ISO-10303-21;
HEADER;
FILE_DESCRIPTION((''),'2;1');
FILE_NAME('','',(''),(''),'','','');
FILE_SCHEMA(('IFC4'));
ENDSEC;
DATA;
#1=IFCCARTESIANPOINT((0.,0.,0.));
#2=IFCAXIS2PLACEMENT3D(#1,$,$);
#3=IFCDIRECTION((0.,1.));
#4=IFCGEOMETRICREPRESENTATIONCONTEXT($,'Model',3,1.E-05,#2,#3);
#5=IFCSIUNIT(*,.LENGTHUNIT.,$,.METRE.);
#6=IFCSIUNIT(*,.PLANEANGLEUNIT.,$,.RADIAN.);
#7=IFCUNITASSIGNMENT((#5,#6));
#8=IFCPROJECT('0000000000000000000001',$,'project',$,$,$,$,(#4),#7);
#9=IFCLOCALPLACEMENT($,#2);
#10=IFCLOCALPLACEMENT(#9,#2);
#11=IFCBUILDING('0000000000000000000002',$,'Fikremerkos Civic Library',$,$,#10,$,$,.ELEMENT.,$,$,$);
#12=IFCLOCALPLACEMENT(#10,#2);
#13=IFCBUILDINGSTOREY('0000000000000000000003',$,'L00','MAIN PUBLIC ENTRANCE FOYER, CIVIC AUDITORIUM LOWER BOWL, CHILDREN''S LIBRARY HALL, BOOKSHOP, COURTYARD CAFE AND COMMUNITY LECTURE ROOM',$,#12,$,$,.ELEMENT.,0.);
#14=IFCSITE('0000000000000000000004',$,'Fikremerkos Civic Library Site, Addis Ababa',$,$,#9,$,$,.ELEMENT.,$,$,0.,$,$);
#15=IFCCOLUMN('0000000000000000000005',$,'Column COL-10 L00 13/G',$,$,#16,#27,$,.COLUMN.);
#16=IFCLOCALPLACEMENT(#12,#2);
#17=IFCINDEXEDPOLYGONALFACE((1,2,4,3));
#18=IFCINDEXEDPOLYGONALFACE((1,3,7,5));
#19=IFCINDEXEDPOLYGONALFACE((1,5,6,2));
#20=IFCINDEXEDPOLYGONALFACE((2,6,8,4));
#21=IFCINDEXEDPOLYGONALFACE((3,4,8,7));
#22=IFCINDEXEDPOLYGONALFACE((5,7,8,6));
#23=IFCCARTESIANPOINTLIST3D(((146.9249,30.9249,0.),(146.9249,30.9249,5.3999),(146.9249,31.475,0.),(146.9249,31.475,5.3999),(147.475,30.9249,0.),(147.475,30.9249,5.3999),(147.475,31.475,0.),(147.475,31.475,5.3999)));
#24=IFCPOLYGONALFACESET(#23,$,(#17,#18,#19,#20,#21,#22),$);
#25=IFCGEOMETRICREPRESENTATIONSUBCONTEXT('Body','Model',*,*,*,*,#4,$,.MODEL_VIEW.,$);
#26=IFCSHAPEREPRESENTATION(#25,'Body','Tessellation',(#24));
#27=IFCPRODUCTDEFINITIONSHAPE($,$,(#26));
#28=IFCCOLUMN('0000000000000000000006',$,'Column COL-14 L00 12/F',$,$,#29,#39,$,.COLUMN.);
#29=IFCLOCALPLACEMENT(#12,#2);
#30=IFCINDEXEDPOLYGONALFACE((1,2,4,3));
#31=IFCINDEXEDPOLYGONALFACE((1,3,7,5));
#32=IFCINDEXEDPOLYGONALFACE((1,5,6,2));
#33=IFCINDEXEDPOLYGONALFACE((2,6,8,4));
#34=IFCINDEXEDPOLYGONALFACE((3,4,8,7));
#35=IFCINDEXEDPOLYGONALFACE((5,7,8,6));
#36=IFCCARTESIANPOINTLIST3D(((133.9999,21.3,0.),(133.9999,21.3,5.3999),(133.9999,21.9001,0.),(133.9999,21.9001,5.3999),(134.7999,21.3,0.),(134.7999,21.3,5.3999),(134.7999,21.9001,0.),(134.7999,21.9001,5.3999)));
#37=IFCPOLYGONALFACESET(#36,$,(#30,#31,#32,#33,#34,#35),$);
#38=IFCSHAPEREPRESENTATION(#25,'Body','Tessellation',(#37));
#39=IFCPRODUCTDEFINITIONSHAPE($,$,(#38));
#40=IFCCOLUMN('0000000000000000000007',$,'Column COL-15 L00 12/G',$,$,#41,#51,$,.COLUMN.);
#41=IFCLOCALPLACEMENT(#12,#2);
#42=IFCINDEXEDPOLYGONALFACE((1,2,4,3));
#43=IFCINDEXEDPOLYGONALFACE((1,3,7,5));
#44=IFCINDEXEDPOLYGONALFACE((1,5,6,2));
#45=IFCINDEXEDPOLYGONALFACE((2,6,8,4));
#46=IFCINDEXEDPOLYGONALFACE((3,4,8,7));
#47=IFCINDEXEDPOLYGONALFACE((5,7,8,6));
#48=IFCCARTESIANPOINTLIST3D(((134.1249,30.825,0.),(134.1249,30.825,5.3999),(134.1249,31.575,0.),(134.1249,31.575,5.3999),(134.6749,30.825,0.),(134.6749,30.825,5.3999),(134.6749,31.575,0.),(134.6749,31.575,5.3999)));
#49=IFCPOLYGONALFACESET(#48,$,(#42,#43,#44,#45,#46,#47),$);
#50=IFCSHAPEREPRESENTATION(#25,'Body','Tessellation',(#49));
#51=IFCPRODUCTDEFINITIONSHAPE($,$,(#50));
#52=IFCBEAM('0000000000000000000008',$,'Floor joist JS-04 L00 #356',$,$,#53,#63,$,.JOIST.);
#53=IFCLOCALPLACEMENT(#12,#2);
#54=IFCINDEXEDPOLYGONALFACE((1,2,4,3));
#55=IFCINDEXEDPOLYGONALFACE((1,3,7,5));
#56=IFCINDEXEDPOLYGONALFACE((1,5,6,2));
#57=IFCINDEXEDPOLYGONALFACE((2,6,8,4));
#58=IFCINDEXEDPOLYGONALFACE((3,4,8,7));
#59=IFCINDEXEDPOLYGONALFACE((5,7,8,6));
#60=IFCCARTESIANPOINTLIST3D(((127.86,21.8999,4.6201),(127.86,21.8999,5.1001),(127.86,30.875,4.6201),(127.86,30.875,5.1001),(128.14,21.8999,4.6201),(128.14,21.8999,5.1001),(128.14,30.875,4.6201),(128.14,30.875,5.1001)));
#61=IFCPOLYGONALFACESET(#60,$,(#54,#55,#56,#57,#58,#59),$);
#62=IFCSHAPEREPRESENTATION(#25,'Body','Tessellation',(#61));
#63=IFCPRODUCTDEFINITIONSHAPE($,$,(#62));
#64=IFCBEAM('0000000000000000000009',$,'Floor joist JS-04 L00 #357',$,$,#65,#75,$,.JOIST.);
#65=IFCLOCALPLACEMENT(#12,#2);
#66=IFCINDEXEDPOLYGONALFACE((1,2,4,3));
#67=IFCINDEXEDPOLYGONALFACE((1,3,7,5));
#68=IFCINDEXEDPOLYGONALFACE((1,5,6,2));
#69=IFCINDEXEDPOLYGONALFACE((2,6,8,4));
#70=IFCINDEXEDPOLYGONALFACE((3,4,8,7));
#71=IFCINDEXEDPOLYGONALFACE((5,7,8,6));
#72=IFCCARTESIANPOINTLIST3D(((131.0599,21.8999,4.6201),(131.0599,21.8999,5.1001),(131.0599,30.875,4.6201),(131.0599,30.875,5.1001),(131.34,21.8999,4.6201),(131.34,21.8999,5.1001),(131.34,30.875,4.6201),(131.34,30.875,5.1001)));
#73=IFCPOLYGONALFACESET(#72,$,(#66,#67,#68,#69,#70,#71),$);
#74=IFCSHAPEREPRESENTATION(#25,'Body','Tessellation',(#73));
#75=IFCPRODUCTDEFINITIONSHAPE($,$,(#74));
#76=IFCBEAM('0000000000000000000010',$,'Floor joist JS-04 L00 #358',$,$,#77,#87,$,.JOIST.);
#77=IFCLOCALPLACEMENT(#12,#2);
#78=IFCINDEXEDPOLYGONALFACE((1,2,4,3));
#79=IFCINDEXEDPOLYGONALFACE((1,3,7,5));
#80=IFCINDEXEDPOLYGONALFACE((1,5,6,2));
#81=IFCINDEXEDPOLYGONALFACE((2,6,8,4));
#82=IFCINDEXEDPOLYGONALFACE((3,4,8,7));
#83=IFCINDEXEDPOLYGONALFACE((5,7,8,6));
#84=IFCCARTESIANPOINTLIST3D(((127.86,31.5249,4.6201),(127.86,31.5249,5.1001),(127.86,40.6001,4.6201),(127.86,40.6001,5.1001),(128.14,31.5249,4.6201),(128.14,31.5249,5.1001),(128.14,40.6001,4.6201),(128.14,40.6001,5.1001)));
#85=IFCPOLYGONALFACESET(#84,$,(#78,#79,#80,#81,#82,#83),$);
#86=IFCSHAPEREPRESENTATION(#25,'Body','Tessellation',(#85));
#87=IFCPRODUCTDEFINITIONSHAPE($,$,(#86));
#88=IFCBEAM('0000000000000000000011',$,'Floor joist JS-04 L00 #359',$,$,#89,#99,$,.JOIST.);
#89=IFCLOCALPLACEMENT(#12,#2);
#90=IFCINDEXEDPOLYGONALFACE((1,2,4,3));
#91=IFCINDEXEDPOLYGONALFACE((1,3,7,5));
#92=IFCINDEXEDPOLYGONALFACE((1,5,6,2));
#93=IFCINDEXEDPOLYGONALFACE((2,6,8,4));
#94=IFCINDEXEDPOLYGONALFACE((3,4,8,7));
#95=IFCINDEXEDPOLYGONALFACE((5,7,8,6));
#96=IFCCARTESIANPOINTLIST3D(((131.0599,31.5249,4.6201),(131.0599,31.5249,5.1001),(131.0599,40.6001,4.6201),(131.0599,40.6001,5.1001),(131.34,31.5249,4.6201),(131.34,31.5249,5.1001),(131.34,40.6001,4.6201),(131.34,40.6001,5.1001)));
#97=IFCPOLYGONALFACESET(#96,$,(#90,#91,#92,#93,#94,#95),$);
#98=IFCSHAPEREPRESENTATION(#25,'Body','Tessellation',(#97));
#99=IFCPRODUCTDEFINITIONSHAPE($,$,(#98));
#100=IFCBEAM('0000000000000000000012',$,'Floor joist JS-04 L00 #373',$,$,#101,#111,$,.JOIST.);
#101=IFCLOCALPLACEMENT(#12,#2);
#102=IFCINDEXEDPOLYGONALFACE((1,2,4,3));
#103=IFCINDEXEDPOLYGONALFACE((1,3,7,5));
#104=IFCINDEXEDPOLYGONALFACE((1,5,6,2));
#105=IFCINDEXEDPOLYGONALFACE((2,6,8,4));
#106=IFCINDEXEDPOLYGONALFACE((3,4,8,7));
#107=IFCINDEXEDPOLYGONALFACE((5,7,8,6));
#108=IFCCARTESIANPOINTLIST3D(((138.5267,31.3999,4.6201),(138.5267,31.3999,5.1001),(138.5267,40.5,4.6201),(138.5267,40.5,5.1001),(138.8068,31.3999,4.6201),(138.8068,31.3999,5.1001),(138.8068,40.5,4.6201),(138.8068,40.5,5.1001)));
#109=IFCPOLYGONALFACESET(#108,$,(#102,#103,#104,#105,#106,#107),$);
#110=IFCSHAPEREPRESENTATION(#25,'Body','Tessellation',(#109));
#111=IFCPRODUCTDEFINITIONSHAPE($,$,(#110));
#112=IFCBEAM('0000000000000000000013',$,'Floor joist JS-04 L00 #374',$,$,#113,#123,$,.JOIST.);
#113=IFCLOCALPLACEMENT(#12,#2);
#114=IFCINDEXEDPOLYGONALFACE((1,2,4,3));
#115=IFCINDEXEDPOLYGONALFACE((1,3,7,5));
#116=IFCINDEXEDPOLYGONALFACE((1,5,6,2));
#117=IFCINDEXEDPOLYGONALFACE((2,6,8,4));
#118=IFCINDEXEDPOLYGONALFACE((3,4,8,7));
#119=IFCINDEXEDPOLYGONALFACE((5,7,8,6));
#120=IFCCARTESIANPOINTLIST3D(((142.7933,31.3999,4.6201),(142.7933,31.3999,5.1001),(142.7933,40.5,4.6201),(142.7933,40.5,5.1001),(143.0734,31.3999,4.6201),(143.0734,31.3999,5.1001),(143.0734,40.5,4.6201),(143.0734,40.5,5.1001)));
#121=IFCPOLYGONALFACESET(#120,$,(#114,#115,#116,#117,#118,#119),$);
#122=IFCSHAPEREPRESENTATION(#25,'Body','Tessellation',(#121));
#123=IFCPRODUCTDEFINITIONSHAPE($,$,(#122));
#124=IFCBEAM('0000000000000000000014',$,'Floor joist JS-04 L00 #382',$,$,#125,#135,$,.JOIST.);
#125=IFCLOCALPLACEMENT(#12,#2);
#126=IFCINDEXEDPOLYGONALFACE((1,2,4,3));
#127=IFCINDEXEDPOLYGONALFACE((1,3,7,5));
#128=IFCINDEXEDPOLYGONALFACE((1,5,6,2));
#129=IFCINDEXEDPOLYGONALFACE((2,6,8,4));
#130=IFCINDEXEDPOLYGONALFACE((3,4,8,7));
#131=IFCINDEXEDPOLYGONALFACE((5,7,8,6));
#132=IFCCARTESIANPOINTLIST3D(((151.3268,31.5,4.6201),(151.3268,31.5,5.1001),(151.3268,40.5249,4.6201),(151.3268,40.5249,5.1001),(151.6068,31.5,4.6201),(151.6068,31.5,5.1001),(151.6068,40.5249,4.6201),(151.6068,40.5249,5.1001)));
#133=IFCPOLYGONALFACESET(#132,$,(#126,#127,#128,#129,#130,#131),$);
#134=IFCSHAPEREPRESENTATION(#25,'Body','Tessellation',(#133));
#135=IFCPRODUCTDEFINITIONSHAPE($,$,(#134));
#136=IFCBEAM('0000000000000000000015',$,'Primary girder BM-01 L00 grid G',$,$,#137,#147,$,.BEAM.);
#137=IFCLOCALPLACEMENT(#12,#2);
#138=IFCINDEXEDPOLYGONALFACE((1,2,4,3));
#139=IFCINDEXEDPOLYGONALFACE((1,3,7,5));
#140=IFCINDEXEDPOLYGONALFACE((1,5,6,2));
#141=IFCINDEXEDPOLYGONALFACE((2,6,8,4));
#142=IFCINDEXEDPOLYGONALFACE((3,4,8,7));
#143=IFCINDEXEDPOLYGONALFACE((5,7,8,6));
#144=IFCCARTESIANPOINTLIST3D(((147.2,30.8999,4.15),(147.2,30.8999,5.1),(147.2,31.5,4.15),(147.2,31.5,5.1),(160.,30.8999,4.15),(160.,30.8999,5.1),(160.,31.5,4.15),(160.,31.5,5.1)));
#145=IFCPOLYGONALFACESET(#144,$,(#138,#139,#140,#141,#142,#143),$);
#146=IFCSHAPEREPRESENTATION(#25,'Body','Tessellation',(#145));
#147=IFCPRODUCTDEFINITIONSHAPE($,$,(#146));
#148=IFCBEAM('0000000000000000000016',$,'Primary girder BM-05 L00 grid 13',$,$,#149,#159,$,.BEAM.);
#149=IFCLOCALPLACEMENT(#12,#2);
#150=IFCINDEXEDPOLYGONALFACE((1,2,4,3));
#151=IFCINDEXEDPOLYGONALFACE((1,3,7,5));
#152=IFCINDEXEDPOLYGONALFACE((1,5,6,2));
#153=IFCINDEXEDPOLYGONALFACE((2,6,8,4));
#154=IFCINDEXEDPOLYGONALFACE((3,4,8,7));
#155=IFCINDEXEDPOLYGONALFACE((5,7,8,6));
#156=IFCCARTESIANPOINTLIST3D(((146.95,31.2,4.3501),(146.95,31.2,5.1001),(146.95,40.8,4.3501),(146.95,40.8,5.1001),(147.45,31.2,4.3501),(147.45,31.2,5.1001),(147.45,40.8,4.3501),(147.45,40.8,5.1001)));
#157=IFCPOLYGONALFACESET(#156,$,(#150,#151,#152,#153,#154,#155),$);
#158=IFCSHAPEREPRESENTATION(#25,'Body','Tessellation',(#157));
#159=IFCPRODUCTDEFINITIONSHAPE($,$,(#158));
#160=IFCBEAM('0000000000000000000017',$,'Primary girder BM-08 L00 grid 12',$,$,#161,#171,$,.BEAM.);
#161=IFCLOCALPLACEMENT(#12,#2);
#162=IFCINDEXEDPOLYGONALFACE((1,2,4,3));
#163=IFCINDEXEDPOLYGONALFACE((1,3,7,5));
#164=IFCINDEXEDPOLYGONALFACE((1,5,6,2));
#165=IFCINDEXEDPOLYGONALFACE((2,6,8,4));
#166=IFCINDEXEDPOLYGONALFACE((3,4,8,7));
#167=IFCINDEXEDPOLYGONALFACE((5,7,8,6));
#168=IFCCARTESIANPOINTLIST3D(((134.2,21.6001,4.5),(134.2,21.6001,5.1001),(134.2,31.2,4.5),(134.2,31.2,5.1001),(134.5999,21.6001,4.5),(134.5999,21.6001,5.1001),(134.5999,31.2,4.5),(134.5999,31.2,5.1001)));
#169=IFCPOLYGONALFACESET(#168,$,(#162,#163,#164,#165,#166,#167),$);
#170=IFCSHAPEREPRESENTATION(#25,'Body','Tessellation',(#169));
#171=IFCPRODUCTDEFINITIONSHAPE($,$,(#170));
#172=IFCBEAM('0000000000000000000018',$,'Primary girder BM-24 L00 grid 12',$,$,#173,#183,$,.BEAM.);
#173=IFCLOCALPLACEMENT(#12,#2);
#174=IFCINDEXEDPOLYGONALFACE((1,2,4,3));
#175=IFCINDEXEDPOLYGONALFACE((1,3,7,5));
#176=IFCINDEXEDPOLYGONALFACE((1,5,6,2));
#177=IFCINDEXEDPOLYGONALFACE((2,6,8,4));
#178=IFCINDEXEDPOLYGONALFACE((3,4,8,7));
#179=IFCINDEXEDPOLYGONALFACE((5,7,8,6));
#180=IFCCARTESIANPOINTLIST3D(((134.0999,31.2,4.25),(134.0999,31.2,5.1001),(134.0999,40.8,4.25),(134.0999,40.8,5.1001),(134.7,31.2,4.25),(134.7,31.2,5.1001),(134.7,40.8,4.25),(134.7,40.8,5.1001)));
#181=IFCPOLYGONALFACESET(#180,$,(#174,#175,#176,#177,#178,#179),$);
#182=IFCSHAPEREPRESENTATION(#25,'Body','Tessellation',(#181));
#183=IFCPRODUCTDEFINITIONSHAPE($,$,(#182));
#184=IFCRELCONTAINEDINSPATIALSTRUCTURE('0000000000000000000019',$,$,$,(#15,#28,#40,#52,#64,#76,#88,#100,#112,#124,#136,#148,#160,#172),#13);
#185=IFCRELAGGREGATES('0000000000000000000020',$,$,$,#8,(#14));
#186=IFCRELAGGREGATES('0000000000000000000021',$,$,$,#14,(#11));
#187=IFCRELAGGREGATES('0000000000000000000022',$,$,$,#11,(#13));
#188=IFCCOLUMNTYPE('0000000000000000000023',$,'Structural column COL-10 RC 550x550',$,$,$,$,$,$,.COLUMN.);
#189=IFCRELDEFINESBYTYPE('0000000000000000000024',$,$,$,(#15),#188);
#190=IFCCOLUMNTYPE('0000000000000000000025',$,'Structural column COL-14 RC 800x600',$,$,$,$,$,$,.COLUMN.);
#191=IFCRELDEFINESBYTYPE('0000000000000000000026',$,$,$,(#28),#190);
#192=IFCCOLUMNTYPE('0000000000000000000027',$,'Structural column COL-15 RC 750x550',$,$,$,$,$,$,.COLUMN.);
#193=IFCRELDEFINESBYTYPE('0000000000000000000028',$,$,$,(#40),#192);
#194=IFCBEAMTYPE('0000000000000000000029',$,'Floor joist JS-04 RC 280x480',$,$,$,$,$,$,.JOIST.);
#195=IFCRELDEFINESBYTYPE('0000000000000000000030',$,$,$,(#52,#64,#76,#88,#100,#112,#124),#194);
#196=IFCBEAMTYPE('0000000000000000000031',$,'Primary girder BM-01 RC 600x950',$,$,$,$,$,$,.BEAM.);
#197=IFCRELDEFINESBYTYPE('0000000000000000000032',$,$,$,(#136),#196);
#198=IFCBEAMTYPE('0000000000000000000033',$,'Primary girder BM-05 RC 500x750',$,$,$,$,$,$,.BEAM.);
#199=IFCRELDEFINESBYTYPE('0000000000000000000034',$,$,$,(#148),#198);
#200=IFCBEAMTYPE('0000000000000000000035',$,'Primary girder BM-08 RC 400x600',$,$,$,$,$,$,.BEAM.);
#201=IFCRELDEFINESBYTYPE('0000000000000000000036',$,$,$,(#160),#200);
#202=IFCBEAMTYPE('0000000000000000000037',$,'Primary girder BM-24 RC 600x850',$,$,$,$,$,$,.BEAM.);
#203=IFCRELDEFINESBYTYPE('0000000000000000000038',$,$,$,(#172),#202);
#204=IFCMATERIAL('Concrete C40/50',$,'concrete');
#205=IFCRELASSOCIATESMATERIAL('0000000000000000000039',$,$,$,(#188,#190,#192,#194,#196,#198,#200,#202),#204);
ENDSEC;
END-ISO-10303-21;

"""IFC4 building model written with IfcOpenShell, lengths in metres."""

from ifc_helpers import new_model, si_unit, direction, frame, origin, origin_2d, place, context, subcontext, project, spatial, rectangle, extrude, material, material_profile, profile_set, type_object, element, save


model = new_model("IFC4")

# Units and contexts
model_context = context("Model", 3, precision=1e-05, world=origin(), true_north=direction((0.0, 1.0)))
body_context = subcontext(model_context, "Body", "Model", "MODEL_VIEW")
ifc_project = project(units=[si_unit("LENGTHUNIT", "METRE"), si_unit("PLANEANGLEUNIT", "RADIAN")], contexts=[model_context])

# Site, building, storey
site_placement = place(None, origin())
site = spatial("IfcSite", under=ifc_project, at=site_placement, Name="Fikremerkos Civic Library Site, Addis Ababa", CompositionType="ELEMENT", RefElevation=0.0)
building_placement = place(site_placement, origin())
building = spatial("IfcBuilding", under=site, at=building_placement, Name="Fikremerkos Civic Library", CompositionType="ELEMENT")
storey_placement = place(building_placement, origin())
storey = spatial("IfcBuildingStorey", under=building, at=storey_placement, Name="L00", Description="MAIN PUBLIC ENTRANCE FOYER, CIVIC AUDITORIUM LOWER BOWL, CHILDREN'S LIBRARY HALL, BOOKSHOP, COURTYARD CAFE AND COMMUNITY LECTURE ROOM", CompositionType="ELEMENT", Elevation=0.0)

# Columns
ifc_material_1 = material(Name="Concrete C40/50", Category="concrete")
ifc_material_profile_1 = material_profile(ifc_material_1, rectangle(XDim=0.55, YDim=0.55, at=origin_2d()), Name="RC 550x550")
ifc_profile_set_1 = profile_set([ifc_material_profile_1], Name="Concrete C40/50")
column_type_1 = type_object("IfcColumnType", Name="Structural column COL-10 RC 550x550", PredefinedType="COLUMN", material=ifc_profile_set_1)
column_1_placement = place(storey_placement, frame((147.2, 31.2, 0.0), z_axis=(0.0, 0.0, 1.0), x_axis=(1.0, 0.0, 0.0)))
element("IfcColumn", 1, at=column_1_placement, inside=storey, type_object=column_type_1, Name="Column COL-10 L00 13/G", PredefinedType="COLUMN", context=body_context, shape_type="SweptSolid", body=[
    extrude(rectangle(XDim=0.55, YDim=0.55, at=origin_2d()), origin(), (0.0, 0.0, 1.0), 5.3999),
])
ifc_material_profile_2 = material_profile(ifc_material_1, rectangle(XDim=0.8, YDim=0.6001, at=origin_2d()), Name="RC 800x600")
ifc_profile_set_2 = profile_set([ifc_material_profile_2], Name="Concrete C40/50")
column_type_2 = type_object("IfcColumnType", Name="Structural column COL-14 RC 800x600", PredefinedType="COLUMN", material=ifc_profile_set_2)
column_2_placement = place(storey_placement, frame((134.3999, 21.6001, 0.0), z_axis=(0.0, 0.0, 1.0), x_axis=(1.0, 0.0, 0.0)))
element("IfcColumn", 2, at=column_2_placement, inside=storey, type_object=column_type_2, Name="Column COL-14 L00 12/F", PredefinedType="COLUMN", context=body_context, shape_type="SweptSolid", body=[
    extrude(rectangle(XDim=0.8, YDim=0.6001, at=origin_2d()), origin(), (0.0, 0.0, 1.0), 5.3999),
])
ifc_material_profile_3 = material_profile(ifc_material_1, rectangle(XDim=0.75, YDim=0.55, at=origin_2d()), Name="RC 750x550")
ifc_profile_set_3 = profile_set([ifc_material_profile_3], Name="Concrete C40/50")
column_type_3 = type_object("IfcColumnType", Name="Structural column COL-15 RC 750x550", PredefinedType="COLUMN", material=ifc_profile_set_3)
column_3_placement = place(storey_placement, frame((134.3999, 31.2, 0.0), z_axis=(0.0, 0.0, 1.0), x_axis=(0.0, 1.0, 0.0)))
element("IfcColumn", 3, at=column_3_placement, inside=storey, type_object=column_type_3, Name="Column COL-15 L00 12/G", PredefinedType="COLUMN", context=body_context, shape_type="SweptSolid", body=[
    extrude(rectangle(XDim=0.75, YDim=0.55, at=origin_2d()), origin(), (0.0, 0.0, 1.0), 5.3999),
])

# Beams
ifc_material_profile_4 = material_profile(ifc_material_1, rectangle(XDim=0.28, YDim=0.48, at=origin_2d()), Name="RC 280x480")
ifc_profile_set_4 = profile_set([ifc_material_profile_4], Name="Concrete C40/50")
beam_type_1 = type_object("IfcBeamType", Name="Floor joist JS-04 RC 280x480", PredefinedType="JOIST", material=ifc_profile_set_4)
for number, where, z_axis, x_axis, name in (
    (4, (128.0, 21.8999, 4.8601), (0.0, 1.0, 0.0), (-1.0, 0.0, 0.0), "Floor joist JS-04 L00 #356"),
    (5, (131.2, 21.8999, 4.8601), (0.0, 1.0, 0.0), (-1.0, 0.0, 0.0), "Floor joist JS-04 L00 #357"),
):
    element("IfcBeam", number, at=place(storey_placement, frame(where, z_axis=z_axis, x_axis=x_axis)), inside=storey, type_object=beam_type_1, Name=name, PredefinedType="JOIST", context=body_context, shape_type="SweptSolid", body=[
        extrude(rectangle(XDim=0.28, YDim=0.48, at=origin_2d()), origin(), (0.0, 0.0, 1.0), 8.9751),
    ])
for number, where, z_axis, x_axis, name in (
    (6, (128.0, 31.5249, 4.8601), (0.0, 1.0, 0.0), (-1.0, 0.0, 0.0), "Floor joist JS-04 L00 #358"),
    (7, (131.2, 31.5249, 4.8601), (0.0, 1.0, 0.0), (-1.0, 0.0, 0.0), "Floor joist JS-04 L00 #359"),
):
    element("IfcBeam", number, at=place(storey_placement, frame(where, z_axis=z_axis, x_axis=x_axis)), inside=storey, type_object=beam_type_1, Name=name, PredefinedType="JOIST", context=body_context, shape_type="SweptSolid", body=[
        extrude(rectangle(XDim=0.28, YDim=0.48, at=origin_2d()), origin(), (0.0, 0.0, 1.0), 9.0752),
    ])
for number, where, z_axis, x_axis, name in (
    (8, (138.6667, 31.3999, 4.8601), (0.0, 1.0, 0.0), (-1.0, 0.0, 0.0), "Floor joist JS-04 L00 #373"),
    (9, (142.9333, 31.3999, 4.8601), (0.0, 1.0, 0.0), (-1.0, 0.0, 0.0), "Floor joist JS-04 L00 #374"),
):
    element("IfcBeam", number, at=place(storey_placement, frame(where, z_axis=z_axis, x_axis=x_axis)), inside=storey, type_object=beam_type_1, Name=name, PredefinedType="JOIST", context=body_context, shape_type="SweptSolid", body=[
        extrude(rectangle(XDim=0.28, YDim=0.48, at=origin_2d()), origin(), (0.0, 0.0, 1.0), 9.1001),
    ])
beam_1_placement = place(storey_placement, frame((151.4668, 31.5, 4.8601), z_axis=(0.0, 1.0, 0.0), x_axis=(-1.0, 0.0, 0.0)))
element("IfcBeam", 10, at=beam_1_placement, inside=storey, type_object=beam_type_1, Name="Floor joist JS-04 L00 #382", PredefinedType="JOIST", context=body_context, shape_type="SweptSolid", body=[
    extrude(rectangle(XDim=0.28, YDim=0.48, at=origin_2d()), origin(), (0.0, 0.0, 1.0), 9.0249),
])
ifc_material_profile_5 = material_profile(ifc_material_1, rectangle(XDim=0.6001, YDim=0.95, at=origin_2d()), Name="RC 600x950")
ifc_profile_set_5 = profile_set([ifc_material_profile_5], Name="Concrete C40/50")
beam_type_2 = type_object("IfcBeamType", Name="Primary girder BM-01 RC 600x950", PredefinedType="BEAM", material=ifc_profile_set_5)
beam_2_placement = place(storey_placement, frame((147.2, 31.2, 4.625), z_axis=(1.0, 0.0, 0.0), x_axis=(0.0, 1.0, 0.0)))
element("IfcBeam", 11, at=beam_2_placement, inside=storey, type_object=beam_type_2, Name="Primary girder BM-01 L00 grid G", PredefinedType="BEAM", context=body_context, shape_type="SweptSolid", body=[
    extrude(rectangle(XDim=0.6001, YDim=0.95, at=origin_2d()), origin(), (0.0, 0.0, 1.0), 12.8),
])
ifc_material_profile_6 = material_profile(ifc_material_1, rectangle(XDim=0.5, YDim=0.75, at=origin_2d()), Name="RC 500x750")
ifc_profile_set_6 = profile_set([ifc_material_profile_6], Name="Concrete C40/50")
beam_type_3 = type_object("IfcBeamType", Name="Primary girder BM-05 RC 500x750", PredefinedType="BEAM", material=ifc_profile_set_6)
beam_3_placement = place(storey_placement, frame((147.2, 31.2, 4.7251), z_axis=(0.0, 1.0, 0.0), x_axis=(-1.0, 0.0, 0.0)))
element("IfcBeam", 12, at=beam_3_placement, inside=storey, type_object=beam_type_3, Name="Primary girder BM-05 L00 grid 13", PredefinedType="BEAM", context=body_context, shape_type="SweptSolid", body=[
    extrude(rectangle(XDim=0.5, YDim=0.75, at=origin_2d()), origin(), (0.0, 0.0, 1.0), 9.6001),
])
ifc_material_profile_7 = material_profile(ifc_material_1, rectangle(XDim=0.3999, YDim=0.6001, at=origin_2d()), Name="RC 400x600")
ifc_profile_set_7 = profile_set([ifc_material_profile_7], Name="Concrete C40/50")
beam_type_4 = type_object("IfcBeamType", Name="Primary girder BM-08 RC 400x600", PredefinedType="BEAM", material=ifc_profile_set_7)
beam_4_placement = place(storey_placement, frame((134.3999, 21.6001, 4.8), z_axis=(0.0, 1.0, 0.0), x_axis=(-1.0, 0.0, 0.0)))
element("IfcBeam", 13, at=beam_4_placement, inside=storey, type_object=beam_type_4, Name="Primary girder BM-08 L00 grid 12", PredefinedType="BEAM", context=body_context, shape_type="SweptSolid", body=[
    extrude(rectangle(XDim=0.3999, YDim=0.6001, at=origin_2d()), origin(), (0.0, 0.0, 1.0), 9.5999),
])
ifc_material_profile_8 = material_profile(ifc_material_1, rectangle(XDim=0.6001, YDim=0.8501, at=origin_2d()), Name="RC 600x850")
ifc_profile_set_8 = profile_set([ifc_material_profile_8], Name="Concrete C40/50")
beam_type_5 = type_object("IfcBeamType", Name="Primary girder BM-24 RC 600x850", PredefinedType="BEAM", material=ifc_profile_set_8)
beam_5_placement = place(storey_placement, frame((134.3999, 31.2, 4.675), z_axis=(0.0, 1.0, 0.0), x_axis=(-1.0, 0.0, 0.0)))
element("IfcBeam", 14, at=beam_5_placement, inside=storey, type_object=beam_type_5, Name="Primary girder BM-24 L00 grid 12", PredefinedType="BEAM", context=body_context, shape_type="SweptSolid", body=[
    extrude(rectangle(XDim=0.6001, YDim=0.8501, at=origin_2d()), origin(), (0.0, 0.0, 1.0), 9.6001),
])

save(model, "model.ifc")
